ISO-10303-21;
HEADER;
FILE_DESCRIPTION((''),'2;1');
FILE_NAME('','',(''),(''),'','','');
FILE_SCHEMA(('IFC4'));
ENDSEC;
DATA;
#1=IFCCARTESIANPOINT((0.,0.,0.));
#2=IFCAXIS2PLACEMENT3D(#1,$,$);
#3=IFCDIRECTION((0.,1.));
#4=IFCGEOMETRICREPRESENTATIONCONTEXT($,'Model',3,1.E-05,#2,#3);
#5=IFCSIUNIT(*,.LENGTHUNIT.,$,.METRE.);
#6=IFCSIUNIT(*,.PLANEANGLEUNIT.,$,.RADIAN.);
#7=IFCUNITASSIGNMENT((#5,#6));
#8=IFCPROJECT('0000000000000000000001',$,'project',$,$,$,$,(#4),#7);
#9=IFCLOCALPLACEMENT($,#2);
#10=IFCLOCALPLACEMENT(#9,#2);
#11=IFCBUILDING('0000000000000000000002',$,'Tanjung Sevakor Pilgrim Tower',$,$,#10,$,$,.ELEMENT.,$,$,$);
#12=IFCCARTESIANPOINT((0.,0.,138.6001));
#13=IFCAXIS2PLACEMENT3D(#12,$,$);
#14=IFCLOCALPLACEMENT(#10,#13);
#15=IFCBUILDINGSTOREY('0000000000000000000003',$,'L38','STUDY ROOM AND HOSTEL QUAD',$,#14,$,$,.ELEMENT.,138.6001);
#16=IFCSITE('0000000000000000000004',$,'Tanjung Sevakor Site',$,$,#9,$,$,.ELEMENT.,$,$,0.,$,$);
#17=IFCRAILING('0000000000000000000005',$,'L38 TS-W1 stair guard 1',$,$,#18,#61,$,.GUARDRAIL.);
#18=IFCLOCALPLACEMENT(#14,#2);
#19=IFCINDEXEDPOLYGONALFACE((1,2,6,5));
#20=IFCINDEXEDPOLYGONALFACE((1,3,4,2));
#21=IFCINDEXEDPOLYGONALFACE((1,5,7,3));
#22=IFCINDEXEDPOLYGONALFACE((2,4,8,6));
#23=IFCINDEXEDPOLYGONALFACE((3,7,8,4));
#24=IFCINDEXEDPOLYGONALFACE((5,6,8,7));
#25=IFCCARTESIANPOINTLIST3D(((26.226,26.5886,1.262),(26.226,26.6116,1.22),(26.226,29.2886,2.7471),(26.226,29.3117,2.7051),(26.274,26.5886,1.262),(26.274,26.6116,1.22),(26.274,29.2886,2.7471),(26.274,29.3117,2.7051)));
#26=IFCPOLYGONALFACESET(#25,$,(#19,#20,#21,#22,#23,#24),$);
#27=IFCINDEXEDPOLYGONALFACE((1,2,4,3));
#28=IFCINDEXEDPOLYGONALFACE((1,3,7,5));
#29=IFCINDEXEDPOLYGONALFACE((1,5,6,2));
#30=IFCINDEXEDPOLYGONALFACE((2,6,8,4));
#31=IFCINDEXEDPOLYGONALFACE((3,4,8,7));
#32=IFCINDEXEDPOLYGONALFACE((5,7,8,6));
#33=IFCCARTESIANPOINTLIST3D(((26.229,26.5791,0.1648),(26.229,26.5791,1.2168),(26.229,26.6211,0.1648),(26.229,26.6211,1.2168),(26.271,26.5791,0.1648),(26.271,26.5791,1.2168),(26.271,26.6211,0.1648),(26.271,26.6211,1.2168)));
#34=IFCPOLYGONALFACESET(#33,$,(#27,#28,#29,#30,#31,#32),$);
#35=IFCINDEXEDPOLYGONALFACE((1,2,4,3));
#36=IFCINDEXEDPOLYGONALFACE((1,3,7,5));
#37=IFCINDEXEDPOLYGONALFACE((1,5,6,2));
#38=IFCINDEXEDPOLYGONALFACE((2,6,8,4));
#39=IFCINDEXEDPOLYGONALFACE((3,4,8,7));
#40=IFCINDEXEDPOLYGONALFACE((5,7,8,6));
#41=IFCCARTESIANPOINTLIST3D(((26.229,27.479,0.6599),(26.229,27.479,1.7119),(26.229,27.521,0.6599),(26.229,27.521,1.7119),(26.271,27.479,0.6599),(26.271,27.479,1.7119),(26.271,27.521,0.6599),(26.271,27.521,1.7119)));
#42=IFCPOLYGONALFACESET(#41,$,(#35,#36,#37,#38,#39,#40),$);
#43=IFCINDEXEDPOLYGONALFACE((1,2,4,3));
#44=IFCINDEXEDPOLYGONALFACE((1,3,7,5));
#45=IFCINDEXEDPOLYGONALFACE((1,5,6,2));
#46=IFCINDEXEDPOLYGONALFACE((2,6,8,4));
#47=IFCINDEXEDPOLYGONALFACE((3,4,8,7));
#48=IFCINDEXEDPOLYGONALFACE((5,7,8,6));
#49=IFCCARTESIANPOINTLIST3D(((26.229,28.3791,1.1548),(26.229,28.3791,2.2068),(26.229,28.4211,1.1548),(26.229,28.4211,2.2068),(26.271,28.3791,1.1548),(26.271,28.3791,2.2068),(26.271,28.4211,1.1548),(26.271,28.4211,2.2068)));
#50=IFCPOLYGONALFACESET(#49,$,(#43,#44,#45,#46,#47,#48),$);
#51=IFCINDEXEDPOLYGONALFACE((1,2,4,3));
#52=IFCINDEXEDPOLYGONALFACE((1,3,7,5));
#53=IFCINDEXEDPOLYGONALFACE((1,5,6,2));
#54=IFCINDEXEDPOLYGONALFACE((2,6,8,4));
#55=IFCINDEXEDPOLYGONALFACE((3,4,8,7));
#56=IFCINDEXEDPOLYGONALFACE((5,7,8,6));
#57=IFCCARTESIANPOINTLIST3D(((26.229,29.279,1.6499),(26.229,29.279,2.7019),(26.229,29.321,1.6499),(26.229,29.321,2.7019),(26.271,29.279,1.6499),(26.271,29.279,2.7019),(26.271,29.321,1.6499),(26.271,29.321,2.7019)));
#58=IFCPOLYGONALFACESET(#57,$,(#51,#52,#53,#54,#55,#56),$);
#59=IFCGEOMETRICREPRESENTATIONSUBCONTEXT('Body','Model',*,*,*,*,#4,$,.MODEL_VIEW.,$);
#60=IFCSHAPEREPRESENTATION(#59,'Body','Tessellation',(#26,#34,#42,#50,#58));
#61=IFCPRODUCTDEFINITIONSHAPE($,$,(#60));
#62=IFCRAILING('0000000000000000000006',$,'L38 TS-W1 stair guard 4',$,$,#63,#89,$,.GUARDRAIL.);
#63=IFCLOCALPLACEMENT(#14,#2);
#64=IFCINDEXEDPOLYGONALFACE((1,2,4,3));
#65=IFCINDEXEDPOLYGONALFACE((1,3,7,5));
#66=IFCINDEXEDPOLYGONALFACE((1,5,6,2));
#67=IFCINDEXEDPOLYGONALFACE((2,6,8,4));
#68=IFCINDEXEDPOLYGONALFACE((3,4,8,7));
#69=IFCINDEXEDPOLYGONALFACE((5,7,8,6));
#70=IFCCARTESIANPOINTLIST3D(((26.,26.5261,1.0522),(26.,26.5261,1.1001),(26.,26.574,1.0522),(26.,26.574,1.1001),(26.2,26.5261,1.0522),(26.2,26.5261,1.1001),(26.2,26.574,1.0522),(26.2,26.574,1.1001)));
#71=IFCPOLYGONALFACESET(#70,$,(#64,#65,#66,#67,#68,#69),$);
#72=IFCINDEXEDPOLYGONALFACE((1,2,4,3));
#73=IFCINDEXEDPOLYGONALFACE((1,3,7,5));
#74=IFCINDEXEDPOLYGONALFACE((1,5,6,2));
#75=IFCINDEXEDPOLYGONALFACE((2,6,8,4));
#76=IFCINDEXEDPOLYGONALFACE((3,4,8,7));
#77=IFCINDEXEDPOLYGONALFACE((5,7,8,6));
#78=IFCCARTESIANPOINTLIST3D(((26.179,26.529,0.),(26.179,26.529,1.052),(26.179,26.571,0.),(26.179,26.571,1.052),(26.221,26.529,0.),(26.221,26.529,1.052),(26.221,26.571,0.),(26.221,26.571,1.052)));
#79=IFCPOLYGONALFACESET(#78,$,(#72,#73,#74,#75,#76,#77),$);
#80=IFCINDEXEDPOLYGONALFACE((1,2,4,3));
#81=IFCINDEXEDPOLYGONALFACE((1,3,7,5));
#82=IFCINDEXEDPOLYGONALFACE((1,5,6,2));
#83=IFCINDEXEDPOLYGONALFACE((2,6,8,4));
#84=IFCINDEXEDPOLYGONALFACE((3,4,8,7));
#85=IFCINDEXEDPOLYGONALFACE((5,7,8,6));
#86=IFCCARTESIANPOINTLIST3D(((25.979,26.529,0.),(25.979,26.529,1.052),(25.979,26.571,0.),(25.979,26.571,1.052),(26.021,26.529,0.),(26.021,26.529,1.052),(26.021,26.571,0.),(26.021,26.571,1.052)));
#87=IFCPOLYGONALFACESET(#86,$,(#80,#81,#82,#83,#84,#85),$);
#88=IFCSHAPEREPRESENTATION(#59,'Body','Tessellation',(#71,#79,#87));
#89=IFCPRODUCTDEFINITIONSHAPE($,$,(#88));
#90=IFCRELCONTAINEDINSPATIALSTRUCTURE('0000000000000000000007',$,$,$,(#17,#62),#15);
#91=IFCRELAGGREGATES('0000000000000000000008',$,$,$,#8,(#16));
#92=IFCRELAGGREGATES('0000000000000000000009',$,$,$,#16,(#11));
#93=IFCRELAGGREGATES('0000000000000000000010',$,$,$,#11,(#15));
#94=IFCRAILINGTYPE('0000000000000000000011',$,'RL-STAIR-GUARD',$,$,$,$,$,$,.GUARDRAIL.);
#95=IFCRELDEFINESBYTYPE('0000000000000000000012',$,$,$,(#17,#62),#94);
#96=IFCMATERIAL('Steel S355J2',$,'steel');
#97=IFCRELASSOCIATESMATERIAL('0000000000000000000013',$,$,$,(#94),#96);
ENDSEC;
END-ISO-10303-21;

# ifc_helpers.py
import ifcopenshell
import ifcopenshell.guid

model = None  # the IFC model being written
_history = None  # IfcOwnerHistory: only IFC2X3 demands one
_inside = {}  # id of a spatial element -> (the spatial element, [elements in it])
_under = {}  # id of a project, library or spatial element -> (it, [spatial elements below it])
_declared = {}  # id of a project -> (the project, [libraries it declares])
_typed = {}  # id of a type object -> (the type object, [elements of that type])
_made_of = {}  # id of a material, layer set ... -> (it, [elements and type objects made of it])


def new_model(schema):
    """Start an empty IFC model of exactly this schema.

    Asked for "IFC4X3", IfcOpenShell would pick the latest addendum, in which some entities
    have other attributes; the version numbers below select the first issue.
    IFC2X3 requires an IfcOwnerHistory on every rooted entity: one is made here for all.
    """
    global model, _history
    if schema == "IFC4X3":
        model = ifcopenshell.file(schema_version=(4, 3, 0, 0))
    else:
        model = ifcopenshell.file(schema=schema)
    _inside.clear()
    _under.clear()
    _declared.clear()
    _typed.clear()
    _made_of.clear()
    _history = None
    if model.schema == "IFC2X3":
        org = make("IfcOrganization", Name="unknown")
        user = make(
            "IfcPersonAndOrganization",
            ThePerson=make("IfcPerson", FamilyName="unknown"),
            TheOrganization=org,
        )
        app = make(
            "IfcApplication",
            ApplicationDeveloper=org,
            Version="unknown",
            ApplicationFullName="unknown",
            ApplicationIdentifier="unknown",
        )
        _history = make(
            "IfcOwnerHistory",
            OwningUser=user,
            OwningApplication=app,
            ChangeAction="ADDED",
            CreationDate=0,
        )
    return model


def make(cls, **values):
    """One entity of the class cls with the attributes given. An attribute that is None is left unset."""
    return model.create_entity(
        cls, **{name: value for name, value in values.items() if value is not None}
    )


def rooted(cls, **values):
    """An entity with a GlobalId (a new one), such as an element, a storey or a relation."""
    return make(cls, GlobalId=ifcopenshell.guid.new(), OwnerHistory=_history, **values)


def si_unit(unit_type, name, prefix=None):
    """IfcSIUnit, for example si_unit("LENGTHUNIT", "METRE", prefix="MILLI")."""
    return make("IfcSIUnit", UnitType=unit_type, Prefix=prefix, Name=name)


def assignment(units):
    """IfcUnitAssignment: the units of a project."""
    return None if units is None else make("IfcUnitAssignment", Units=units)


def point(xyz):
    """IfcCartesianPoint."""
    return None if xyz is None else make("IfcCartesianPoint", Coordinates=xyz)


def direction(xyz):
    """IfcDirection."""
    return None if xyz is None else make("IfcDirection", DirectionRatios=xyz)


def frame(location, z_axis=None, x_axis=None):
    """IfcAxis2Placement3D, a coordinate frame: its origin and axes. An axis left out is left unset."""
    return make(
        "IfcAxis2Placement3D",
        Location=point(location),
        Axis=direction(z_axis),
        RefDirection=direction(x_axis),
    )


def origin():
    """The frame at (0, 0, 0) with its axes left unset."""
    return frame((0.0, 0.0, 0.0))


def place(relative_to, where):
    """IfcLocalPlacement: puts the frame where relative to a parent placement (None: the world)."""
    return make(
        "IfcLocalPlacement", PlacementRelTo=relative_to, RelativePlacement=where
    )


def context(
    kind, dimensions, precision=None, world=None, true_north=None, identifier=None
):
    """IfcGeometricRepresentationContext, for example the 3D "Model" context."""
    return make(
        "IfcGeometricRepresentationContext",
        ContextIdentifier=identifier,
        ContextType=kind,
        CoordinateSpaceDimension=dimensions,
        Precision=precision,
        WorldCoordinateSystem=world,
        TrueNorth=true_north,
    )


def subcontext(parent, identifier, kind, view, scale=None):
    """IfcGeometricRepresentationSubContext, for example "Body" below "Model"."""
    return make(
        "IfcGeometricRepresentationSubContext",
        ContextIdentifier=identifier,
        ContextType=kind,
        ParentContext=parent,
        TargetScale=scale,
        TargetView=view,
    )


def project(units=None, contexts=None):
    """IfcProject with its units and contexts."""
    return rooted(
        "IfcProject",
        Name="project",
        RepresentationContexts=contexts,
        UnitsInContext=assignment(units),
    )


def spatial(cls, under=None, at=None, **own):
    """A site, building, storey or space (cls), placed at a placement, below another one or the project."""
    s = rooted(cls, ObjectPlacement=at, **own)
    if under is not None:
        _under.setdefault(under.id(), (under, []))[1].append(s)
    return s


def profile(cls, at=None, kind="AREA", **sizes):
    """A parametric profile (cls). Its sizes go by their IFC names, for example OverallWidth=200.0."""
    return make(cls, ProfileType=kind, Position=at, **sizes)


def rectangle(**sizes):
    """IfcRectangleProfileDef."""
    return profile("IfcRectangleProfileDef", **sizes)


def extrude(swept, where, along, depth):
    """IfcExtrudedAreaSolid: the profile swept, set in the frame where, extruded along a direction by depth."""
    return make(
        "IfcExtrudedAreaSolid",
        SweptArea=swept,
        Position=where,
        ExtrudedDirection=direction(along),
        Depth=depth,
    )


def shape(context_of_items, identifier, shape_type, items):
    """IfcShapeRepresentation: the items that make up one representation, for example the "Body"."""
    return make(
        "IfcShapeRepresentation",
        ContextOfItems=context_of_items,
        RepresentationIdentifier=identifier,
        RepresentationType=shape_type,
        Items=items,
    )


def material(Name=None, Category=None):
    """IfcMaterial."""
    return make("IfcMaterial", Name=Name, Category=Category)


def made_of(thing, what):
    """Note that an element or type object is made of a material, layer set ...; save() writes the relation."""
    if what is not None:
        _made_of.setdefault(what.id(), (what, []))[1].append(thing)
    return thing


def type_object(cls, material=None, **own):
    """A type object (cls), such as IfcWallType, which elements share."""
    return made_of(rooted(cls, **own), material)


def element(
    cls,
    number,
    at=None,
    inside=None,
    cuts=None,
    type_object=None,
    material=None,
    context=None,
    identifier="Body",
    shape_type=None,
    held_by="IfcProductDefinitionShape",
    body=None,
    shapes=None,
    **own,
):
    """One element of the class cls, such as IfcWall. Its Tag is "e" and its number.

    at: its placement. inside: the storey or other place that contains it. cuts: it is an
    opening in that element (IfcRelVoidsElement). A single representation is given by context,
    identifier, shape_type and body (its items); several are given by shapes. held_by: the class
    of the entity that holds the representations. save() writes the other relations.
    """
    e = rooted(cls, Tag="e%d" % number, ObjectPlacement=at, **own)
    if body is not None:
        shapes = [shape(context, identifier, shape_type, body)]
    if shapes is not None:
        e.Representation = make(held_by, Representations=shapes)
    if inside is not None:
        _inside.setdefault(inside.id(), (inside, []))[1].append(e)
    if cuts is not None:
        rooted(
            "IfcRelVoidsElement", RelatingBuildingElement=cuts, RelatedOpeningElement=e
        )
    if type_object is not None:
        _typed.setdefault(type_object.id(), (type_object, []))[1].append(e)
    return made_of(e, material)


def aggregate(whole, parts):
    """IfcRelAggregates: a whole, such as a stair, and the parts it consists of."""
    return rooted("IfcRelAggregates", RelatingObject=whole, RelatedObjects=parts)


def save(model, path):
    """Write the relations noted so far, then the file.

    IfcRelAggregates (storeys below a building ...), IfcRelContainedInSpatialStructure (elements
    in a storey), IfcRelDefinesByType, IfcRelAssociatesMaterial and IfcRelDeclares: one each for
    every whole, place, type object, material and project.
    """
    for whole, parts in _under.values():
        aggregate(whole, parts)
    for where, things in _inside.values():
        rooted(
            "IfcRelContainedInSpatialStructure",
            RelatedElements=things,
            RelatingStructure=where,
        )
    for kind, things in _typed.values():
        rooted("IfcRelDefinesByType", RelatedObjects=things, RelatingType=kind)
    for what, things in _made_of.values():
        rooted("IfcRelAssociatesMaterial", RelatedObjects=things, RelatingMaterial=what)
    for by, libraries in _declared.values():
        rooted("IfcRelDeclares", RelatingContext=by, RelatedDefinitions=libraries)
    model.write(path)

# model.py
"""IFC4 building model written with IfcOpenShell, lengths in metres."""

from ifc_helpers import new_model, si_unit, direction, frame, origin, place, context, subcontext, project, spatial, rectangle, extrude, material, type_object, element, save


model = new_model("IFC4")

# Units and contexts
model_context = context("Model", 3, precision=1e-05, world=origin(), true_north=direction((0.0, 1.0)))
body_context = subcontext(model_context, "Body", "Model", "MODEL_VIEW")
ifc_project = project(units=[si_unit("LENGTHUNIT", "METRE"), si_unit("PLANEANGLEUNIT", "RADIAN")], contexts=[model_context])

# Site, building, storey
site_placement = place(None, origin())
site = spatial("IfcSite", under=ifc_project, at=site_placement, Name="Tanjung Sevakor Site", CompositionType="ELEMENT", RefElevation=0.0)
building_placement = place(site_placement, origin())
building = spatial("IfcBuilding", under=site, at=building_placement, Name="Tanjung Sevakor Pilgrim Tower", CompositionType="ELEMENT")
storey_placement = place(building_placement, frame((0.0, 0.0, 138.6001)))
storey = spatial("IfcBuildingStorey", under=building, at=storey_placement, Name="L38", Description="STUDY ROOM AND HOSTEL QUAD", CompositionType="ELEMENT", Elevation=138.6001)

# Railings
ifc_material_1 = material(Name="Steel S355J2", Category="steel")
railing_type = type_object("IfcRailingType", Name="RL-STAIR-GUARD", PredefinedType="GUARDRAIL", material=ifc_material_1)
railing_1_placement = place(storey_placement, frame((26.25, 26.6001, 0.1648)))
element("IfcRailing", 1, at=railing_1_placement, inside=storey, type_object=railing_type, Name="L38 TS-W1 stair guard 1", PredefinedType="GUARDRAIL", context=body_context, shape_type="SweptSolid", body=[
    extrude(rectangle(XDim=0.0479, YDim=0.0479), frame((0.0, 0.0, 1.0762), z_axis=(0.0, 0.876198, 0.481952), x_axis=(-1.0, 0.0, 0.0)), (0.0, 0.0, 1.0), 3.0815),
    extrude(rectangle(XDim=0.042, YDim=0.042), origin(), (0.0, 0.0, 1.0), 1.052),
    extrude(rectangle(XDim=0.042, YDim=0.042), frame((0.0, 0.8999, 0.4951)), (0.0, 0.0, 1.0), 1.052),
    extrude(rectangle(XDim=0.042, YDim=0.042), frame((0.0, 1.8, 0.99)), (0.0, 0.0, 1.0), 1.052),
    extrude(rectangle(XDim=0.042, YDim=0.042), frame((0.0, 2.7, 1.4851)), (0.0, 0.0, 1.0), 1.052),
])
railing_2_placement = place(storey_placement, frame((26.2, 26.55, 0.0)))
element("IfcRailing", 2, at=railing_2_placement, inside=storey, type_object=railing_type, Name="L38 TS-W1 stair guard 4", PredefinedType="GUARDRAIL", context=body_context, shape_type="SweptSolid", body=[
    extrude(rectangle(XDim=0.0479, YDim=0.0479), frame((0.0, 0.0, 1.0762), z_axis=(-1.0, 0.0, 0.0), x_axis=(0.0, -1.0, 0.0)), (0.0, 0.0, 1.0), 0.2),
    extrude(rectangle(XDim=0.042, YDim=0.042), origin(), (0.0, 0.0, 1.0), 1.052),
    extrude(rectangle(XDim=0.042, YDim=0.042), frame((-0.2, 0.0, 0.0)), (0.0, 0.0, 1.0), 1.052),
])

save(model, "model.ifc")
